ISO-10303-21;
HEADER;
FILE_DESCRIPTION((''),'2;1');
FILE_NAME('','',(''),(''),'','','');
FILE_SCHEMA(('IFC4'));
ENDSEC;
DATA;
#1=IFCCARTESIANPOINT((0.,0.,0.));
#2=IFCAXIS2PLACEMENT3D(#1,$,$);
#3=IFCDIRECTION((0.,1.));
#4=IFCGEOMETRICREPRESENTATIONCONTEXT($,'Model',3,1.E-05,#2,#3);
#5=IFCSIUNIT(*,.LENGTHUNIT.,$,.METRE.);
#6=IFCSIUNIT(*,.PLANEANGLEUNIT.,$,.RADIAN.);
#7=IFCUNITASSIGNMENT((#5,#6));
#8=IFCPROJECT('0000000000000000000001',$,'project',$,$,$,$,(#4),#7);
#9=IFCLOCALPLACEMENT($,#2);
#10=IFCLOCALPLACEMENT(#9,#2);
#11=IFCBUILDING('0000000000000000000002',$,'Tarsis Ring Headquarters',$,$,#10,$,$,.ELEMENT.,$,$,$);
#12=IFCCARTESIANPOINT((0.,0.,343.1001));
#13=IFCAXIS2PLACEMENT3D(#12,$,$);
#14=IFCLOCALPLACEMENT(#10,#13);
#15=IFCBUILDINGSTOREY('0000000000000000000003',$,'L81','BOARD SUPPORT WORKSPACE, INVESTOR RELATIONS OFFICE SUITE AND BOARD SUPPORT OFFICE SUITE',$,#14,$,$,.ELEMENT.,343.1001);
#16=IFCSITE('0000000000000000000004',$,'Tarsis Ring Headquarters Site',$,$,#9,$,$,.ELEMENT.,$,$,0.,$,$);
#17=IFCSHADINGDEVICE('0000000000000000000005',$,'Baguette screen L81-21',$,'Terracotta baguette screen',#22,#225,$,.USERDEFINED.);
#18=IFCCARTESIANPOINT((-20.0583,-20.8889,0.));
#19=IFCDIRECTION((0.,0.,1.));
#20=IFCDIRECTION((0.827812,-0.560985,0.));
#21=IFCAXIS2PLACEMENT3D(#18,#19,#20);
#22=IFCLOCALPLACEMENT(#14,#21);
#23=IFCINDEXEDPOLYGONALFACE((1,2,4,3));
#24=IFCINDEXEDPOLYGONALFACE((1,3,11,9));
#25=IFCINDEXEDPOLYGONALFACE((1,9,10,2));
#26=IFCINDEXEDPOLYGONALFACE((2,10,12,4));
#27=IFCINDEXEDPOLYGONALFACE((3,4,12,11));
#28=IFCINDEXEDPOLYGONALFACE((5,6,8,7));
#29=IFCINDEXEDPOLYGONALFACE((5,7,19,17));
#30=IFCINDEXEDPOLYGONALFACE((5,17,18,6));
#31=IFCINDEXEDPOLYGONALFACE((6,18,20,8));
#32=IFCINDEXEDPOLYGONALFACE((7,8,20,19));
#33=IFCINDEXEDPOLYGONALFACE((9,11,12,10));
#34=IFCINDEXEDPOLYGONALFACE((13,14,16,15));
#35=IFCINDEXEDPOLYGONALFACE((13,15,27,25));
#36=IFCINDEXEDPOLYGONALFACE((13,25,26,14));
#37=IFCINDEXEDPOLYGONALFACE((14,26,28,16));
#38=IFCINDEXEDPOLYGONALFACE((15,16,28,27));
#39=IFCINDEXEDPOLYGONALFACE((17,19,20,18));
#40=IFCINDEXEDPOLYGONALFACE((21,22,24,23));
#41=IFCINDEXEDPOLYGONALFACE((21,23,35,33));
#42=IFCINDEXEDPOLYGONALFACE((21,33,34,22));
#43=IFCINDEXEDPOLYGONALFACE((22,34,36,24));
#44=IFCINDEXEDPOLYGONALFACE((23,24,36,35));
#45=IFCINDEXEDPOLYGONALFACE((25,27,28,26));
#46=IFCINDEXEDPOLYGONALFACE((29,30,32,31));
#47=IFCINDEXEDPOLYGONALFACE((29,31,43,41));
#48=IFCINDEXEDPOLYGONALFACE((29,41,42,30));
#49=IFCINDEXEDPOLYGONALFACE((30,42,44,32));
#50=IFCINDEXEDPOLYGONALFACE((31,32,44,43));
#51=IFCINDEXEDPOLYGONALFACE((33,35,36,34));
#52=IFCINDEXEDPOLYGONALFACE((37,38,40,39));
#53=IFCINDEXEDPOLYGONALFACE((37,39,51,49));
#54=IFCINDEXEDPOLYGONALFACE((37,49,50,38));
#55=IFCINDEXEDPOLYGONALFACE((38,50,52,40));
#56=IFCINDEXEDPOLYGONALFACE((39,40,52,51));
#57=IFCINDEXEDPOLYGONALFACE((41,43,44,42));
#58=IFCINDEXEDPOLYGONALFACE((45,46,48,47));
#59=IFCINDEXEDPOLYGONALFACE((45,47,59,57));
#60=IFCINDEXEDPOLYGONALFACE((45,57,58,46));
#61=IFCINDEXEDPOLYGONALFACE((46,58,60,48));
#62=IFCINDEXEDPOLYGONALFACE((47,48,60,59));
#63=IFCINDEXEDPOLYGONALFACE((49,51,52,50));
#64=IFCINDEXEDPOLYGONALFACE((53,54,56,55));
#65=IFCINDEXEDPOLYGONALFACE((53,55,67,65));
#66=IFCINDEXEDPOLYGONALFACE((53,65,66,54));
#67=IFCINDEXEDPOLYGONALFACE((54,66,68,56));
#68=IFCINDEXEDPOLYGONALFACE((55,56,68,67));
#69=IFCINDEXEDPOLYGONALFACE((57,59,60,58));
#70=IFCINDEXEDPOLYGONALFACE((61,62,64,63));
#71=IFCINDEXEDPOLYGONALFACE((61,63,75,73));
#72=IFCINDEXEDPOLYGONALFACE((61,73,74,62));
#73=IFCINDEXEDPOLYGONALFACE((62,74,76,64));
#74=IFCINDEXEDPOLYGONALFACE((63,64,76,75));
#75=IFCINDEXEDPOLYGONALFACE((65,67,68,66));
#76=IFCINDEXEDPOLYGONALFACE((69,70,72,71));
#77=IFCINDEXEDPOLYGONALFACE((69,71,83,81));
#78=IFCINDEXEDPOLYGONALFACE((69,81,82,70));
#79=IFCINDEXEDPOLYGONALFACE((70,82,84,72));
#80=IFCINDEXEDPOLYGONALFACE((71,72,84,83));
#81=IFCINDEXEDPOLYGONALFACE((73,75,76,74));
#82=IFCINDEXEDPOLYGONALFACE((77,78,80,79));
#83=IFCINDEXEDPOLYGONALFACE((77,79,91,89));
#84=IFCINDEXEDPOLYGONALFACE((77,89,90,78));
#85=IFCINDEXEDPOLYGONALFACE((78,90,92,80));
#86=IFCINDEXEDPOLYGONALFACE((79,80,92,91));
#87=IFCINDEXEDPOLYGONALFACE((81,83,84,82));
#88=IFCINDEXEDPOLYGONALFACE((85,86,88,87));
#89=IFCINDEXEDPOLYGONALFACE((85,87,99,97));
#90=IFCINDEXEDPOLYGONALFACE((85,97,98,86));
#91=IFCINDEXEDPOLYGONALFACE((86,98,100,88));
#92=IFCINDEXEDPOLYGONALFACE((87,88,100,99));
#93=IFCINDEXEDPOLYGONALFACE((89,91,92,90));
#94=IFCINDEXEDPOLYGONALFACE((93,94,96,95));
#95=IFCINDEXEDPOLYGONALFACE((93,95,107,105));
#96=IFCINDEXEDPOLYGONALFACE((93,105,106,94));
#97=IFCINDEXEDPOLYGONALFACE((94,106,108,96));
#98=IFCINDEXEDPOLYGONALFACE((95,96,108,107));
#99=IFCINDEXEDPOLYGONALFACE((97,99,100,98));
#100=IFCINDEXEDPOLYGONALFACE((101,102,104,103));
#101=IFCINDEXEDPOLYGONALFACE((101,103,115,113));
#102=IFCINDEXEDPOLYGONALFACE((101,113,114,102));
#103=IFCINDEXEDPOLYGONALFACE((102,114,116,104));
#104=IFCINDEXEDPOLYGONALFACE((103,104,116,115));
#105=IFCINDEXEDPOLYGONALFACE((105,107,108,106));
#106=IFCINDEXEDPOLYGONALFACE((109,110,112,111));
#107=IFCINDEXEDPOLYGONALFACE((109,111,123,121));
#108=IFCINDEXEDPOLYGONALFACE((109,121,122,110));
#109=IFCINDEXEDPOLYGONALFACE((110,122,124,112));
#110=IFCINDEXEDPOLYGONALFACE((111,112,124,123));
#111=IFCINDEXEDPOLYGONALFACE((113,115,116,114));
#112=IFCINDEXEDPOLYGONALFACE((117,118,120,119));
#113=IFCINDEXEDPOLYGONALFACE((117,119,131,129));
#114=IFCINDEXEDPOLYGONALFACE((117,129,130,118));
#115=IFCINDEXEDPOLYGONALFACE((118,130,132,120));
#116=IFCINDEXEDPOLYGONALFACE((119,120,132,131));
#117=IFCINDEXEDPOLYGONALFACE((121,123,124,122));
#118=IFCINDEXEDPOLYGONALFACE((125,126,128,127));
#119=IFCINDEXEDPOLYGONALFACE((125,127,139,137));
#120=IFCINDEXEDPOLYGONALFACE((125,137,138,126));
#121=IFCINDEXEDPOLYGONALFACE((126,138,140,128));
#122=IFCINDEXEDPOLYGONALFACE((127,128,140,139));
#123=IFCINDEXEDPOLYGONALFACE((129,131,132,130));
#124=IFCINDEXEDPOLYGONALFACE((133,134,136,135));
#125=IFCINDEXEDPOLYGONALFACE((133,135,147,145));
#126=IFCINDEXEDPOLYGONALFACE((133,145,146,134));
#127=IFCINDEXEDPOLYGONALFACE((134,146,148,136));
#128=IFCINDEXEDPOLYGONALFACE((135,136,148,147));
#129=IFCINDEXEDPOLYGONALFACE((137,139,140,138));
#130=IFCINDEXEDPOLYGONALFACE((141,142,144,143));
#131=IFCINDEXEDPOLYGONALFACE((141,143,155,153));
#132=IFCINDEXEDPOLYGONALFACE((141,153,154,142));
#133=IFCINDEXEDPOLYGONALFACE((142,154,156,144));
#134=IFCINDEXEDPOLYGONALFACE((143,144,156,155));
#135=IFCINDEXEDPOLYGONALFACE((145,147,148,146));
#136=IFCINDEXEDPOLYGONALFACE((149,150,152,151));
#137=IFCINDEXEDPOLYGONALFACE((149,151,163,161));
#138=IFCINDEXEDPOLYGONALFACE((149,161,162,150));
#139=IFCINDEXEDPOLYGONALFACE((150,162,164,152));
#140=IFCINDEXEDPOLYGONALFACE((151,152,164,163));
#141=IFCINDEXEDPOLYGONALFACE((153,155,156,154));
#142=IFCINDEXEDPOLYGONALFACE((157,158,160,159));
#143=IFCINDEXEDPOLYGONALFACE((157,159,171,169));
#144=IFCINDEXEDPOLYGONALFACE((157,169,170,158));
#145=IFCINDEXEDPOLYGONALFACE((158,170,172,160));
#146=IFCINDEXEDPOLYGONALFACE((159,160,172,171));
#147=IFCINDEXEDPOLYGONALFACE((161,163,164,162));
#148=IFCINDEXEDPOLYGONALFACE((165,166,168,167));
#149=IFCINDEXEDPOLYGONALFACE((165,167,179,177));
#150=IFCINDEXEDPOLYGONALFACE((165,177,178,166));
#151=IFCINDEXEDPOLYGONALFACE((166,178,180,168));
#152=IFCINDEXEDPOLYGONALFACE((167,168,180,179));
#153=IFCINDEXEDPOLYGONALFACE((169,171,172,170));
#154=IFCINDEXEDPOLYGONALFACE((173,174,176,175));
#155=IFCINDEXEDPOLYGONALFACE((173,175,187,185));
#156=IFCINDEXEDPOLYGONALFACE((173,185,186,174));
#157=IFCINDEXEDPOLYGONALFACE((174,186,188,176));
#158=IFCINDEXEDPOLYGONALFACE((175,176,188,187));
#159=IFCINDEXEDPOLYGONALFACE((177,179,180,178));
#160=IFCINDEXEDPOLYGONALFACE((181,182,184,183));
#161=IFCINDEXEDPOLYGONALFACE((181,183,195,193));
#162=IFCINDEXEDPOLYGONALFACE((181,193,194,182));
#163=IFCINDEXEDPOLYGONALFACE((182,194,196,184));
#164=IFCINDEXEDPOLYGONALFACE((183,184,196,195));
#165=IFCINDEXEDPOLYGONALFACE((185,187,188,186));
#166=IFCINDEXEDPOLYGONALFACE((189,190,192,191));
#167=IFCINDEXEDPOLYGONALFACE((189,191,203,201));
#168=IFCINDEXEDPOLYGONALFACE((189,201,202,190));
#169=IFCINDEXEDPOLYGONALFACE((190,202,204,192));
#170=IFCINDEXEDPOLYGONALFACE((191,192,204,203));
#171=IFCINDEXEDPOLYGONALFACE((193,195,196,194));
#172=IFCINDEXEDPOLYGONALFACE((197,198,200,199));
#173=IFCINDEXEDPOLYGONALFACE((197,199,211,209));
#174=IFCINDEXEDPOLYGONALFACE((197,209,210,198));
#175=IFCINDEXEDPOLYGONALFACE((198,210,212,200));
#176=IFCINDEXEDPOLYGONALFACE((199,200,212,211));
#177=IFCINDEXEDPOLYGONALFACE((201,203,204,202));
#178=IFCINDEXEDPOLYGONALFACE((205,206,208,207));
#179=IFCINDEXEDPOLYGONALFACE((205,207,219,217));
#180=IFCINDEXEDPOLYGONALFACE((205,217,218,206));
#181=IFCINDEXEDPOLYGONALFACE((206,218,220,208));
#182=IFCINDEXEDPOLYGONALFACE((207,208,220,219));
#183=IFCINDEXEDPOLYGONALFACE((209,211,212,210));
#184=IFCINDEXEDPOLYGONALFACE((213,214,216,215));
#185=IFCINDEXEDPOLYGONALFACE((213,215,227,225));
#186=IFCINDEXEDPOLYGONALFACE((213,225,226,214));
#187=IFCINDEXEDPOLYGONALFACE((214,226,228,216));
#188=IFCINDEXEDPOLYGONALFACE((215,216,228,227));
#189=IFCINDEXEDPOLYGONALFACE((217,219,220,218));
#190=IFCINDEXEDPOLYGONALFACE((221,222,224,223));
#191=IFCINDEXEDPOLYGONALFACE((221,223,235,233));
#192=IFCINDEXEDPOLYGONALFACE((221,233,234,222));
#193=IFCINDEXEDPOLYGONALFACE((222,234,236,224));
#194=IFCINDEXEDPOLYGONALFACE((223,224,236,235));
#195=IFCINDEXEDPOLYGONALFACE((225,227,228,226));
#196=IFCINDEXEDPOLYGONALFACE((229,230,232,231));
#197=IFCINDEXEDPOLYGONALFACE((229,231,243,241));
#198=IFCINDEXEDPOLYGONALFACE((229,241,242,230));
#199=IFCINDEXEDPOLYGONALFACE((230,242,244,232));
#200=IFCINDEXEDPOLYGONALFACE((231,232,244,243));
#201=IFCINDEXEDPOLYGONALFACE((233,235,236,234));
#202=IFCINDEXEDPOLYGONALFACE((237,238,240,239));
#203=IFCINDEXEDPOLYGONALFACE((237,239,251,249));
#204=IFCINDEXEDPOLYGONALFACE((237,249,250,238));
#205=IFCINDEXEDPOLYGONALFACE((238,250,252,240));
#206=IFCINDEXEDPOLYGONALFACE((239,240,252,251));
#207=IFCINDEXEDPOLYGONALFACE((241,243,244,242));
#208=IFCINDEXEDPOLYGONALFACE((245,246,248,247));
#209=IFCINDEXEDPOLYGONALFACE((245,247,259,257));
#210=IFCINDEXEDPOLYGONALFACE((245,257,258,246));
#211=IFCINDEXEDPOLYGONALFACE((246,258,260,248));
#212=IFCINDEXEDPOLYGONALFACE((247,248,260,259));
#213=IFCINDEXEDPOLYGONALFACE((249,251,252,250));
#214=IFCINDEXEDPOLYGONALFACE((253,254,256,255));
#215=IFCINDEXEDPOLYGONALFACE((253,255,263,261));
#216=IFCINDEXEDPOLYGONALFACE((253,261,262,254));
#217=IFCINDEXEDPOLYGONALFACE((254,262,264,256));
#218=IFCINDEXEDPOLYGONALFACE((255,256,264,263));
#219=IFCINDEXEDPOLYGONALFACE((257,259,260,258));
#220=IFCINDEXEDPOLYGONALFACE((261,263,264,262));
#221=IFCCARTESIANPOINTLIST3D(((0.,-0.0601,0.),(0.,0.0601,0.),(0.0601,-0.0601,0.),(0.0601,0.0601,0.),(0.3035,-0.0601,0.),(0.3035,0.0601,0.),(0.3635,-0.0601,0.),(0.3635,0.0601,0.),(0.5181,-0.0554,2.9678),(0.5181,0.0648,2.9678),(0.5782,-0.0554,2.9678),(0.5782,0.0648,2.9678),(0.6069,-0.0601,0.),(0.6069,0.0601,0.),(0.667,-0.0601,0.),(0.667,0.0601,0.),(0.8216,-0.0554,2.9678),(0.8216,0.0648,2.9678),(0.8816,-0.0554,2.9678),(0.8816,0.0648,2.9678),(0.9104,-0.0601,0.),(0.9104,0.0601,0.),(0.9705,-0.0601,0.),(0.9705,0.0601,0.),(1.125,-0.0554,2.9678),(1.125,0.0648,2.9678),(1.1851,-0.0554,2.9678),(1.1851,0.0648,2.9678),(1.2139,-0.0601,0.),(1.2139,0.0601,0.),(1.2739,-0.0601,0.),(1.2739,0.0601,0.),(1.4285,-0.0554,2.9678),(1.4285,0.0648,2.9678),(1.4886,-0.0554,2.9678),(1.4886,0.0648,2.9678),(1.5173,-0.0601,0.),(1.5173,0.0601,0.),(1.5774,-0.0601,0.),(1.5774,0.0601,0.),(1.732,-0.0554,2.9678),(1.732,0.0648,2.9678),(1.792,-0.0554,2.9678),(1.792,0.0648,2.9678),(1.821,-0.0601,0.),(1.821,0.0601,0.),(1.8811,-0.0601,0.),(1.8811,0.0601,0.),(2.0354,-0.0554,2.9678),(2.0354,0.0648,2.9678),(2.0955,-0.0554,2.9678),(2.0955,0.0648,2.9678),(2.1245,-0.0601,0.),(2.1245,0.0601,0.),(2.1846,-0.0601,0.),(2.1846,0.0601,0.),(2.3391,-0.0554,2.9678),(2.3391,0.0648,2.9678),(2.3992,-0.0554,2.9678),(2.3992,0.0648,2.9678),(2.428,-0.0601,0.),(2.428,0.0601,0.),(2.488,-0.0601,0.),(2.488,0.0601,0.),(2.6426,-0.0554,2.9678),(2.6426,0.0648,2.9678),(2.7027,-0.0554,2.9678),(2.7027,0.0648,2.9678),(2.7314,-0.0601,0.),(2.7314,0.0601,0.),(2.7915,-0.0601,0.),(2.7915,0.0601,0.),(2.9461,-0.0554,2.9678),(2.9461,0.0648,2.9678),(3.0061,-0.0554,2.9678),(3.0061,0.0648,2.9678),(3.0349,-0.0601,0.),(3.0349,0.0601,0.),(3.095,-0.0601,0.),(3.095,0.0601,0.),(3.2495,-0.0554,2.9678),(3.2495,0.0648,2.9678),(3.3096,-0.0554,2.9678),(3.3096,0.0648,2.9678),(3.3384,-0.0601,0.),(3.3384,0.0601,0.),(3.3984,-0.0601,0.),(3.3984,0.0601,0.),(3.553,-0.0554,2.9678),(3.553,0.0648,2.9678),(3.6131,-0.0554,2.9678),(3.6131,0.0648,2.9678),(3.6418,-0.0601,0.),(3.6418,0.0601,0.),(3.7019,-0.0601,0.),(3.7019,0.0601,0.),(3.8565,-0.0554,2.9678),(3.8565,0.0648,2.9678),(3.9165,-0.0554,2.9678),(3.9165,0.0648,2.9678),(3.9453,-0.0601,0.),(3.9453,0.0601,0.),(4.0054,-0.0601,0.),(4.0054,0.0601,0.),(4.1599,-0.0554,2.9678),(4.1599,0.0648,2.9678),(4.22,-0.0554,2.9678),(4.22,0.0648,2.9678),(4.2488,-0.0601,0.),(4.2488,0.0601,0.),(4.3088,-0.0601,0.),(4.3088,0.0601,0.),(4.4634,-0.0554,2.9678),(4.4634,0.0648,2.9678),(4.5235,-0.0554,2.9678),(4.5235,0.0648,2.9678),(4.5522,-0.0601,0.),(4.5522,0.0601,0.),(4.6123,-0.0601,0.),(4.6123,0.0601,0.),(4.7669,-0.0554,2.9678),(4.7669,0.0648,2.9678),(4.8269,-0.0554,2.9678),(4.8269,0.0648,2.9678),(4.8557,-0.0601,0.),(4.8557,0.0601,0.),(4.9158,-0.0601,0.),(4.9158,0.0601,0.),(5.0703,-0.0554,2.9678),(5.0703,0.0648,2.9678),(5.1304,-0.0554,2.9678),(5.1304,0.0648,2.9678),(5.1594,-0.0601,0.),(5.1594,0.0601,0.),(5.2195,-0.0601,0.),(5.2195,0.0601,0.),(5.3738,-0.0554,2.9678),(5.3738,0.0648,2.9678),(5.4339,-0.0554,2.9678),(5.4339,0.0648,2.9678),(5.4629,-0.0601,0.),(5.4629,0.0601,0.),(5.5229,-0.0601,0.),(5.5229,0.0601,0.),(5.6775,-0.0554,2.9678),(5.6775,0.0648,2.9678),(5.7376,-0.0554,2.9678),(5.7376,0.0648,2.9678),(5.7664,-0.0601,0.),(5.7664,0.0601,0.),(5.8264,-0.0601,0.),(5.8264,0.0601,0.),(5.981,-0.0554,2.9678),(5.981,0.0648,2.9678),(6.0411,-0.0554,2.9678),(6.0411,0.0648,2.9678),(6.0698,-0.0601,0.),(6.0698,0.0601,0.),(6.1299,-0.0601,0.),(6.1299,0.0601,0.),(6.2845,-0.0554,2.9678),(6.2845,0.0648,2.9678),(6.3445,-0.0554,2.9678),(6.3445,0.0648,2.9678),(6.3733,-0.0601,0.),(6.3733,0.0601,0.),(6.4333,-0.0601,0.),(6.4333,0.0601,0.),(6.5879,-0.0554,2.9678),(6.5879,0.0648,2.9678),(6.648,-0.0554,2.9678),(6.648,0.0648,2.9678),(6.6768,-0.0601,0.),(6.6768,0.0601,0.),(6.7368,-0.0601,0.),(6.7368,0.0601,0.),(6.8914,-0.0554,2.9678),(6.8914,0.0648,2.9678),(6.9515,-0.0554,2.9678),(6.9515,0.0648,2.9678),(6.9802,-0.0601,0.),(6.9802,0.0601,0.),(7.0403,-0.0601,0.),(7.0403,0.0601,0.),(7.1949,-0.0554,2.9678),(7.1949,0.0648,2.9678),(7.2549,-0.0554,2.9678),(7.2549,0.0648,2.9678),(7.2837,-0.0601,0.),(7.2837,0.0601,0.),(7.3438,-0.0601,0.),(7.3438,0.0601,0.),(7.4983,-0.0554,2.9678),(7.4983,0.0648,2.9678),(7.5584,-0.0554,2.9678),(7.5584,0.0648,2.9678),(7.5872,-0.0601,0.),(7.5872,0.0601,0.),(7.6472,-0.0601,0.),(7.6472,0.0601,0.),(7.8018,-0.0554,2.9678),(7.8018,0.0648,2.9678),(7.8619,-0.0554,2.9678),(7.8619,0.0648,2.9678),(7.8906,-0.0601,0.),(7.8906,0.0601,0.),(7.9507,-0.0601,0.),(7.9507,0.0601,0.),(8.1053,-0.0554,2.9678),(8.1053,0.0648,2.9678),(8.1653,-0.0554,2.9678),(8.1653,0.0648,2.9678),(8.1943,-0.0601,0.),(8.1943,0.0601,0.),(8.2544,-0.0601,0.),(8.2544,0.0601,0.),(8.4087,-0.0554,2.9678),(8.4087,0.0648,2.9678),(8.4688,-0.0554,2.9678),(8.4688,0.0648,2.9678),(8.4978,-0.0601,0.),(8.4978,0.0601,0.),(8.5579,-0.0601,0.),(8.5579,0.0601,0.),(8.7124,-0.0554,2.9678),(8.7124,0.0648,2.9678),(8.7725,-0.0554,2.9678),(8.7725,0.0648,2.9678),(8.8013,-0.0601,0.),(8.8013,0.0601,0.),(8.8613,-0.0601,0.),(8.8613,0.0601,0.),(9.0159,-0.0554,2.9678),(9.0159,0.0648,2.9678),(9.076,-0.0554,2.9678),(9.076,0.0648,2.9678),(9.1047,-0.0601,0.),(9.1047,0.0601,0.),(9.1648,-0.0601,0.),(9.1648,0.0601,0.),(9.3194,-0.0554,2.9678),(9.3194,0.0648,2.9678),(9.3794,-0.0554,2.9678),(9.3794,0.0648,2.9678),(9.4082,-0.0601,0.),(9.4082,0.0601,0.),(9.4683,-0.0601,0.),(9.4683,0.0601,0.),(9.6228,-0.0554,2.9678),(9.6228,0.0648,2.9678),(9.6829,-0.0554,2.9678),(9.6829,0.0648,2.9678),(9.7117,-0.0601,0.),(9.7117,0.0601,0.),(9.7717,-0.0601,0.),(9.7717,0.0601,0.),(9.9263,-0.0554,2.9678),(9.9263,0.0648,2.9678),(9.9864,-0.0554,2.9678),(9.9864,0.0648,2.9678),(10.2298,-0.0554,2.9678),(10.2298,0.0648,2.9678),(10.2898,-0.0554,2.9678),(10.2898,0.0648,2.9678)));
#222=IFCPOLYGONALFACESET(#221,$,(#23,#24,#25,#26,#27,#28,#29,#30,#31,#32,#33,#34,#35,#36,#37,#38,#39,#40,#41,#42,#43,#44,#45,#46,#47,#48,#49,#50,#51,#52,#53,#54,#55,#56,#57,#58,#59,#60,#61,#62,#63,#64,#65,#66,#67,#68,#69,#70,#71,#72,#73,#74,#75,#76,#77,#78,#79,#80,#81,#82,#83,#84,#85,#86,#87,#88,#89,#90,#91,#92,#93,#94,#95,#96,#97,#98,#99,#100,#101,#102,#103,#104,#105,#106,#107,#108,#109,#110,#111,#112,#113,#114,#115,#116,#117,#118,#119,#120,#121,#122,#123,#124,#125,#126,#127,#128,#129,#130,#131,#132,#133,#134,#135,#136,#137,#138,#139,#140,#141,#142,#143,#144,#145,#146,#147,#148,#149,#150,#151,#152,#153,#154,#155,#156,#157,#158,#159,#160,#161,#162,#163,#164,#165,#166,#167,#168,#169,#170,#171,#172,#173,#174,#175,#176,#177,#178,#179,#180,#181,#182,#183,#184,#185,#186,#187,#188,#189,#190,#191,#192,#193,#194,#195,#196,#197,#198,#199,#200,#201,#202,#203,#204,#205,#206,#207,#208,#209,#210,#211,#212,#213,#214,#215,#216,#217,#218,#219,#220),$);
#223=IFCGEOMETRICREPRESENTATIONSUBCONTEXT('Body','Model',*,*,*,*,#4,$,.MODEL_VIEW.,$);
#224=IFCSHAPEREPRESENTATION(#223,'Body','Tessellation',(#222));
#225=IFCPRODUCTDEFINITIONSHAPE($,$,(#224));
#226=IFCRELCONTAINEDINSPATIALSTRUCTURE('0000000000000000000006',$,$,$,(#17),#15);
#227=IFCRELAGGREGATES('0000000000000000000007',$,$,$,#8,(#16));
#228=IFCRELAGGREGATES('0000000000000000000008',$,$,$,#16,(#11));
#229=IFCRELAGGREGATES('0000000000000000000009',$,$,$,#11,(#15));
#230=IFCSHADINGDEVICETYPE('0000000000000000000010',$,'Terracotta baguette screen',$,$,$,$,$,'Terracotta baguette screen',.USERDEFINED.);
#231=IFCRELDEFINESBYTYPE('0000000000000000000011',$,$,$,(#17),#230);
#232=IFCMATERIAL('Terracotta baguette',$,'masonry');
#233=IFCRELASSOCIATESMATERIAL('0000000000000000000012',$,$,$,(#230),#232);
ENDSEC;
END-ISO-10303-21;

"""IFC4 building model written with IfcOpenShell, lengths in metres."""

from ifc_helpers import new_model, si_unit, direction, frame, frame_2d, origin, place, context, subcontext, project, spatial, rectangle, composite_profile, extrude, material, type_object, element, save


model = new_model("IFC4")

# Units and contexts
model_context = context("Model", 3, precision=1e-05, world=origin(), true_north=direction((0.0, 1.0)))
body_context = subcontext(model_context, "Body", "Model", "MODEL_VIEW")
ifc_project = project(units=[si_unit("LENGTHUNIT", "METRE"), si_unit("PLANEANGLEUNIT", "RADIAN")], contexts=[model_context])

# Site, building, storey
site_placement = place(None, origin())
site = spatial("IfcSite", under=ifc_project, at=site_placement, Name="Tarsis Ring Headquarters Site", CompositionType="ELEMENT", RefElevation=0.0)
building_placement = place(site_placement, origin())
building = spatial("IfcBuilding", under=site, at=building_placement, Name="Tarsis Ring Headquarters", CompositionType="ELEMENT")
storey_placement = place(building_placement, frame((0.0, 0.0, 343.1001)))
storey = spatial("IfcBuildingStorey", under=building, at=storey_placement, Name="L81", Description="BOARD SUPPORT WORKSPACE, INVESTOR RELATIONS OFFICE SUITE AND BOARD SUPPORT OFFICE SUITE", CompositionType="ELEMENT", Elevation=343.1001)

# Shading device
ifc_material_1 = material(Name="Terracotta baguette", Category="masonry")
shading_device_type = type_object("IfcShadingDeviceType", Name="Terracotta baguette screen", ElementType="Terracotta baguette screen", PredefinedType="USERDEFINED", material=ifc_material_1)
shading_device_1_placement = place(storey_placement, frame((-20.0583, -20.8889, 0.0), z_axis=(0.0, 0.0, 1.0), x_axis=(0.827812, -0.560985, 0.0)))
element("IfcShadingDevice", 1, at=shading_device_1_placement, inside=storey, type_object=shading_device_type, Name="Baguette screen L81-21", ObjectType="Terracotta baguette screen", PredefinedType="USERDEFINED", context=body_context, shape_type="SweptSolid", body=[
    extrude(composite_profile([rectangle(XDim=0.0601, YDim=0.1201, at=frame_2d((0.03, 0.0))), rectangle(XDim=0.0601, YDim=0.1201, at=frame_2d((0.3335, 0.0))), rectangle(XDim=0.0601, YDim=0.1201, at=frame_2d((0.637, 0.0))), rectangle(XDim=0.0601, YDim=0.1201, at=frame_2d((0.9404, 0.0))), rectangle(XDim=0.0601, YDim=0.1201, at=frame_2d((1.2439, 0.0))), rectangle(XDim=0.0601, YDim=0.1201, at=frame_2d((1.5474, 0.0))), rectangle(XDim=0.0601, YDim=0.1201, at=frame_2d((1.8511, 0.0))), rectangle(XDim=0.0601, YDim=0.1201, at=frame_2d((2.1545, 0.0))), rectangle(XDim=0.0601, YDim=0.1201, at=frame_2d((2.458, 0.0))), rectangle(XDim=0.0601, YDim=0.1201, at=frame_2d((2.7615, 0.0))), rectangle(XDim=0.0601, YDim=0.1201, at=frame_2d((3.0649, 0.0))), rectangle(XDim=0.0601, YDim=0.1201, at=frame_2d((3.3684, 0.0))), rectangle(XDim=0.0601, YDim=0.1201, at=frame_2d((3.6719, 0.0))), rectangle(XDim=0.0601, YDim=0.1201, at=frame_2d((3.9753, 0.0))), rectangle(XDim=0.0601, YDim=0.1201, at=frame_2d((4.2788, 0.0))), rectangle(XDim=0.0601, YDim=0.1201, at=frame_2d((4.5823, 0.0))), rectangle(XDim=0.0601, YDim=0.1201, at=frame_2d((4.8857, 0.0))), rectangle(XDim=0.0601, YDim=0.1201, at=frame_2d((5.1895, 0.0))), rectangle(XDim=0.0601, YDim=0.1201, at=frame_2d((5.4929, 0.0))), rectangle(XDim=0.0601, YDim=0.1201, at=frame_2d((5.7964, 0.0))), rectangle(XDim=0.0601, YDim=0.1201, at=frame_2d((6.0999, 0.0))), rectangle(XDim=0.0601, YDim=0.1201, at=frame_2d((6.4033, 0.0))), rectangle(XDim=0.0601, YDim=0.1201, at=frame_2d((6.7068, 0.0))), rectangle(XDim=0.0601, YDim=0.1201, at=frame_2d((7.0103, 0.0))), rectangle(XDim=0.0601, YDim=0.1201, at=frame_2d((7.3137, 0.0))), rectangle(XDim=0.0601, YDim=0.1201, at=frame_2d((7.6172, 0.0))), rectangle(XDim=0.0601, YDim=0.1201, at=frame_2d((7.9207, 0.0))), rectangle(XDim=0.0601, YDim=0.1201, at=frame_2d((8.2244, 0.0))), rectangle(XDim=0.0601, YDim=0.1201, at=frame_2d((8.5278, 0.0))), rectangle(XDim=0.0601, YDim=0.1201, at=frame_2d((8.8313, 0.0))), rectangle(XDim=0.0601, YDim=0.1201, at=frame_2d((9.1348, 0.0))), rectangle(XDim=0.0601, YDim=0.1201, at=frame_2d((9.4382, 0.0))), rectangle(XDim=0.0601, YDim=0.1201, at=frame_2d((9.7417, 0.0)))]), origin(), (0.171973, 0.001559, 0.985101), 3.0127),
])

save(model, "model.ifc")
